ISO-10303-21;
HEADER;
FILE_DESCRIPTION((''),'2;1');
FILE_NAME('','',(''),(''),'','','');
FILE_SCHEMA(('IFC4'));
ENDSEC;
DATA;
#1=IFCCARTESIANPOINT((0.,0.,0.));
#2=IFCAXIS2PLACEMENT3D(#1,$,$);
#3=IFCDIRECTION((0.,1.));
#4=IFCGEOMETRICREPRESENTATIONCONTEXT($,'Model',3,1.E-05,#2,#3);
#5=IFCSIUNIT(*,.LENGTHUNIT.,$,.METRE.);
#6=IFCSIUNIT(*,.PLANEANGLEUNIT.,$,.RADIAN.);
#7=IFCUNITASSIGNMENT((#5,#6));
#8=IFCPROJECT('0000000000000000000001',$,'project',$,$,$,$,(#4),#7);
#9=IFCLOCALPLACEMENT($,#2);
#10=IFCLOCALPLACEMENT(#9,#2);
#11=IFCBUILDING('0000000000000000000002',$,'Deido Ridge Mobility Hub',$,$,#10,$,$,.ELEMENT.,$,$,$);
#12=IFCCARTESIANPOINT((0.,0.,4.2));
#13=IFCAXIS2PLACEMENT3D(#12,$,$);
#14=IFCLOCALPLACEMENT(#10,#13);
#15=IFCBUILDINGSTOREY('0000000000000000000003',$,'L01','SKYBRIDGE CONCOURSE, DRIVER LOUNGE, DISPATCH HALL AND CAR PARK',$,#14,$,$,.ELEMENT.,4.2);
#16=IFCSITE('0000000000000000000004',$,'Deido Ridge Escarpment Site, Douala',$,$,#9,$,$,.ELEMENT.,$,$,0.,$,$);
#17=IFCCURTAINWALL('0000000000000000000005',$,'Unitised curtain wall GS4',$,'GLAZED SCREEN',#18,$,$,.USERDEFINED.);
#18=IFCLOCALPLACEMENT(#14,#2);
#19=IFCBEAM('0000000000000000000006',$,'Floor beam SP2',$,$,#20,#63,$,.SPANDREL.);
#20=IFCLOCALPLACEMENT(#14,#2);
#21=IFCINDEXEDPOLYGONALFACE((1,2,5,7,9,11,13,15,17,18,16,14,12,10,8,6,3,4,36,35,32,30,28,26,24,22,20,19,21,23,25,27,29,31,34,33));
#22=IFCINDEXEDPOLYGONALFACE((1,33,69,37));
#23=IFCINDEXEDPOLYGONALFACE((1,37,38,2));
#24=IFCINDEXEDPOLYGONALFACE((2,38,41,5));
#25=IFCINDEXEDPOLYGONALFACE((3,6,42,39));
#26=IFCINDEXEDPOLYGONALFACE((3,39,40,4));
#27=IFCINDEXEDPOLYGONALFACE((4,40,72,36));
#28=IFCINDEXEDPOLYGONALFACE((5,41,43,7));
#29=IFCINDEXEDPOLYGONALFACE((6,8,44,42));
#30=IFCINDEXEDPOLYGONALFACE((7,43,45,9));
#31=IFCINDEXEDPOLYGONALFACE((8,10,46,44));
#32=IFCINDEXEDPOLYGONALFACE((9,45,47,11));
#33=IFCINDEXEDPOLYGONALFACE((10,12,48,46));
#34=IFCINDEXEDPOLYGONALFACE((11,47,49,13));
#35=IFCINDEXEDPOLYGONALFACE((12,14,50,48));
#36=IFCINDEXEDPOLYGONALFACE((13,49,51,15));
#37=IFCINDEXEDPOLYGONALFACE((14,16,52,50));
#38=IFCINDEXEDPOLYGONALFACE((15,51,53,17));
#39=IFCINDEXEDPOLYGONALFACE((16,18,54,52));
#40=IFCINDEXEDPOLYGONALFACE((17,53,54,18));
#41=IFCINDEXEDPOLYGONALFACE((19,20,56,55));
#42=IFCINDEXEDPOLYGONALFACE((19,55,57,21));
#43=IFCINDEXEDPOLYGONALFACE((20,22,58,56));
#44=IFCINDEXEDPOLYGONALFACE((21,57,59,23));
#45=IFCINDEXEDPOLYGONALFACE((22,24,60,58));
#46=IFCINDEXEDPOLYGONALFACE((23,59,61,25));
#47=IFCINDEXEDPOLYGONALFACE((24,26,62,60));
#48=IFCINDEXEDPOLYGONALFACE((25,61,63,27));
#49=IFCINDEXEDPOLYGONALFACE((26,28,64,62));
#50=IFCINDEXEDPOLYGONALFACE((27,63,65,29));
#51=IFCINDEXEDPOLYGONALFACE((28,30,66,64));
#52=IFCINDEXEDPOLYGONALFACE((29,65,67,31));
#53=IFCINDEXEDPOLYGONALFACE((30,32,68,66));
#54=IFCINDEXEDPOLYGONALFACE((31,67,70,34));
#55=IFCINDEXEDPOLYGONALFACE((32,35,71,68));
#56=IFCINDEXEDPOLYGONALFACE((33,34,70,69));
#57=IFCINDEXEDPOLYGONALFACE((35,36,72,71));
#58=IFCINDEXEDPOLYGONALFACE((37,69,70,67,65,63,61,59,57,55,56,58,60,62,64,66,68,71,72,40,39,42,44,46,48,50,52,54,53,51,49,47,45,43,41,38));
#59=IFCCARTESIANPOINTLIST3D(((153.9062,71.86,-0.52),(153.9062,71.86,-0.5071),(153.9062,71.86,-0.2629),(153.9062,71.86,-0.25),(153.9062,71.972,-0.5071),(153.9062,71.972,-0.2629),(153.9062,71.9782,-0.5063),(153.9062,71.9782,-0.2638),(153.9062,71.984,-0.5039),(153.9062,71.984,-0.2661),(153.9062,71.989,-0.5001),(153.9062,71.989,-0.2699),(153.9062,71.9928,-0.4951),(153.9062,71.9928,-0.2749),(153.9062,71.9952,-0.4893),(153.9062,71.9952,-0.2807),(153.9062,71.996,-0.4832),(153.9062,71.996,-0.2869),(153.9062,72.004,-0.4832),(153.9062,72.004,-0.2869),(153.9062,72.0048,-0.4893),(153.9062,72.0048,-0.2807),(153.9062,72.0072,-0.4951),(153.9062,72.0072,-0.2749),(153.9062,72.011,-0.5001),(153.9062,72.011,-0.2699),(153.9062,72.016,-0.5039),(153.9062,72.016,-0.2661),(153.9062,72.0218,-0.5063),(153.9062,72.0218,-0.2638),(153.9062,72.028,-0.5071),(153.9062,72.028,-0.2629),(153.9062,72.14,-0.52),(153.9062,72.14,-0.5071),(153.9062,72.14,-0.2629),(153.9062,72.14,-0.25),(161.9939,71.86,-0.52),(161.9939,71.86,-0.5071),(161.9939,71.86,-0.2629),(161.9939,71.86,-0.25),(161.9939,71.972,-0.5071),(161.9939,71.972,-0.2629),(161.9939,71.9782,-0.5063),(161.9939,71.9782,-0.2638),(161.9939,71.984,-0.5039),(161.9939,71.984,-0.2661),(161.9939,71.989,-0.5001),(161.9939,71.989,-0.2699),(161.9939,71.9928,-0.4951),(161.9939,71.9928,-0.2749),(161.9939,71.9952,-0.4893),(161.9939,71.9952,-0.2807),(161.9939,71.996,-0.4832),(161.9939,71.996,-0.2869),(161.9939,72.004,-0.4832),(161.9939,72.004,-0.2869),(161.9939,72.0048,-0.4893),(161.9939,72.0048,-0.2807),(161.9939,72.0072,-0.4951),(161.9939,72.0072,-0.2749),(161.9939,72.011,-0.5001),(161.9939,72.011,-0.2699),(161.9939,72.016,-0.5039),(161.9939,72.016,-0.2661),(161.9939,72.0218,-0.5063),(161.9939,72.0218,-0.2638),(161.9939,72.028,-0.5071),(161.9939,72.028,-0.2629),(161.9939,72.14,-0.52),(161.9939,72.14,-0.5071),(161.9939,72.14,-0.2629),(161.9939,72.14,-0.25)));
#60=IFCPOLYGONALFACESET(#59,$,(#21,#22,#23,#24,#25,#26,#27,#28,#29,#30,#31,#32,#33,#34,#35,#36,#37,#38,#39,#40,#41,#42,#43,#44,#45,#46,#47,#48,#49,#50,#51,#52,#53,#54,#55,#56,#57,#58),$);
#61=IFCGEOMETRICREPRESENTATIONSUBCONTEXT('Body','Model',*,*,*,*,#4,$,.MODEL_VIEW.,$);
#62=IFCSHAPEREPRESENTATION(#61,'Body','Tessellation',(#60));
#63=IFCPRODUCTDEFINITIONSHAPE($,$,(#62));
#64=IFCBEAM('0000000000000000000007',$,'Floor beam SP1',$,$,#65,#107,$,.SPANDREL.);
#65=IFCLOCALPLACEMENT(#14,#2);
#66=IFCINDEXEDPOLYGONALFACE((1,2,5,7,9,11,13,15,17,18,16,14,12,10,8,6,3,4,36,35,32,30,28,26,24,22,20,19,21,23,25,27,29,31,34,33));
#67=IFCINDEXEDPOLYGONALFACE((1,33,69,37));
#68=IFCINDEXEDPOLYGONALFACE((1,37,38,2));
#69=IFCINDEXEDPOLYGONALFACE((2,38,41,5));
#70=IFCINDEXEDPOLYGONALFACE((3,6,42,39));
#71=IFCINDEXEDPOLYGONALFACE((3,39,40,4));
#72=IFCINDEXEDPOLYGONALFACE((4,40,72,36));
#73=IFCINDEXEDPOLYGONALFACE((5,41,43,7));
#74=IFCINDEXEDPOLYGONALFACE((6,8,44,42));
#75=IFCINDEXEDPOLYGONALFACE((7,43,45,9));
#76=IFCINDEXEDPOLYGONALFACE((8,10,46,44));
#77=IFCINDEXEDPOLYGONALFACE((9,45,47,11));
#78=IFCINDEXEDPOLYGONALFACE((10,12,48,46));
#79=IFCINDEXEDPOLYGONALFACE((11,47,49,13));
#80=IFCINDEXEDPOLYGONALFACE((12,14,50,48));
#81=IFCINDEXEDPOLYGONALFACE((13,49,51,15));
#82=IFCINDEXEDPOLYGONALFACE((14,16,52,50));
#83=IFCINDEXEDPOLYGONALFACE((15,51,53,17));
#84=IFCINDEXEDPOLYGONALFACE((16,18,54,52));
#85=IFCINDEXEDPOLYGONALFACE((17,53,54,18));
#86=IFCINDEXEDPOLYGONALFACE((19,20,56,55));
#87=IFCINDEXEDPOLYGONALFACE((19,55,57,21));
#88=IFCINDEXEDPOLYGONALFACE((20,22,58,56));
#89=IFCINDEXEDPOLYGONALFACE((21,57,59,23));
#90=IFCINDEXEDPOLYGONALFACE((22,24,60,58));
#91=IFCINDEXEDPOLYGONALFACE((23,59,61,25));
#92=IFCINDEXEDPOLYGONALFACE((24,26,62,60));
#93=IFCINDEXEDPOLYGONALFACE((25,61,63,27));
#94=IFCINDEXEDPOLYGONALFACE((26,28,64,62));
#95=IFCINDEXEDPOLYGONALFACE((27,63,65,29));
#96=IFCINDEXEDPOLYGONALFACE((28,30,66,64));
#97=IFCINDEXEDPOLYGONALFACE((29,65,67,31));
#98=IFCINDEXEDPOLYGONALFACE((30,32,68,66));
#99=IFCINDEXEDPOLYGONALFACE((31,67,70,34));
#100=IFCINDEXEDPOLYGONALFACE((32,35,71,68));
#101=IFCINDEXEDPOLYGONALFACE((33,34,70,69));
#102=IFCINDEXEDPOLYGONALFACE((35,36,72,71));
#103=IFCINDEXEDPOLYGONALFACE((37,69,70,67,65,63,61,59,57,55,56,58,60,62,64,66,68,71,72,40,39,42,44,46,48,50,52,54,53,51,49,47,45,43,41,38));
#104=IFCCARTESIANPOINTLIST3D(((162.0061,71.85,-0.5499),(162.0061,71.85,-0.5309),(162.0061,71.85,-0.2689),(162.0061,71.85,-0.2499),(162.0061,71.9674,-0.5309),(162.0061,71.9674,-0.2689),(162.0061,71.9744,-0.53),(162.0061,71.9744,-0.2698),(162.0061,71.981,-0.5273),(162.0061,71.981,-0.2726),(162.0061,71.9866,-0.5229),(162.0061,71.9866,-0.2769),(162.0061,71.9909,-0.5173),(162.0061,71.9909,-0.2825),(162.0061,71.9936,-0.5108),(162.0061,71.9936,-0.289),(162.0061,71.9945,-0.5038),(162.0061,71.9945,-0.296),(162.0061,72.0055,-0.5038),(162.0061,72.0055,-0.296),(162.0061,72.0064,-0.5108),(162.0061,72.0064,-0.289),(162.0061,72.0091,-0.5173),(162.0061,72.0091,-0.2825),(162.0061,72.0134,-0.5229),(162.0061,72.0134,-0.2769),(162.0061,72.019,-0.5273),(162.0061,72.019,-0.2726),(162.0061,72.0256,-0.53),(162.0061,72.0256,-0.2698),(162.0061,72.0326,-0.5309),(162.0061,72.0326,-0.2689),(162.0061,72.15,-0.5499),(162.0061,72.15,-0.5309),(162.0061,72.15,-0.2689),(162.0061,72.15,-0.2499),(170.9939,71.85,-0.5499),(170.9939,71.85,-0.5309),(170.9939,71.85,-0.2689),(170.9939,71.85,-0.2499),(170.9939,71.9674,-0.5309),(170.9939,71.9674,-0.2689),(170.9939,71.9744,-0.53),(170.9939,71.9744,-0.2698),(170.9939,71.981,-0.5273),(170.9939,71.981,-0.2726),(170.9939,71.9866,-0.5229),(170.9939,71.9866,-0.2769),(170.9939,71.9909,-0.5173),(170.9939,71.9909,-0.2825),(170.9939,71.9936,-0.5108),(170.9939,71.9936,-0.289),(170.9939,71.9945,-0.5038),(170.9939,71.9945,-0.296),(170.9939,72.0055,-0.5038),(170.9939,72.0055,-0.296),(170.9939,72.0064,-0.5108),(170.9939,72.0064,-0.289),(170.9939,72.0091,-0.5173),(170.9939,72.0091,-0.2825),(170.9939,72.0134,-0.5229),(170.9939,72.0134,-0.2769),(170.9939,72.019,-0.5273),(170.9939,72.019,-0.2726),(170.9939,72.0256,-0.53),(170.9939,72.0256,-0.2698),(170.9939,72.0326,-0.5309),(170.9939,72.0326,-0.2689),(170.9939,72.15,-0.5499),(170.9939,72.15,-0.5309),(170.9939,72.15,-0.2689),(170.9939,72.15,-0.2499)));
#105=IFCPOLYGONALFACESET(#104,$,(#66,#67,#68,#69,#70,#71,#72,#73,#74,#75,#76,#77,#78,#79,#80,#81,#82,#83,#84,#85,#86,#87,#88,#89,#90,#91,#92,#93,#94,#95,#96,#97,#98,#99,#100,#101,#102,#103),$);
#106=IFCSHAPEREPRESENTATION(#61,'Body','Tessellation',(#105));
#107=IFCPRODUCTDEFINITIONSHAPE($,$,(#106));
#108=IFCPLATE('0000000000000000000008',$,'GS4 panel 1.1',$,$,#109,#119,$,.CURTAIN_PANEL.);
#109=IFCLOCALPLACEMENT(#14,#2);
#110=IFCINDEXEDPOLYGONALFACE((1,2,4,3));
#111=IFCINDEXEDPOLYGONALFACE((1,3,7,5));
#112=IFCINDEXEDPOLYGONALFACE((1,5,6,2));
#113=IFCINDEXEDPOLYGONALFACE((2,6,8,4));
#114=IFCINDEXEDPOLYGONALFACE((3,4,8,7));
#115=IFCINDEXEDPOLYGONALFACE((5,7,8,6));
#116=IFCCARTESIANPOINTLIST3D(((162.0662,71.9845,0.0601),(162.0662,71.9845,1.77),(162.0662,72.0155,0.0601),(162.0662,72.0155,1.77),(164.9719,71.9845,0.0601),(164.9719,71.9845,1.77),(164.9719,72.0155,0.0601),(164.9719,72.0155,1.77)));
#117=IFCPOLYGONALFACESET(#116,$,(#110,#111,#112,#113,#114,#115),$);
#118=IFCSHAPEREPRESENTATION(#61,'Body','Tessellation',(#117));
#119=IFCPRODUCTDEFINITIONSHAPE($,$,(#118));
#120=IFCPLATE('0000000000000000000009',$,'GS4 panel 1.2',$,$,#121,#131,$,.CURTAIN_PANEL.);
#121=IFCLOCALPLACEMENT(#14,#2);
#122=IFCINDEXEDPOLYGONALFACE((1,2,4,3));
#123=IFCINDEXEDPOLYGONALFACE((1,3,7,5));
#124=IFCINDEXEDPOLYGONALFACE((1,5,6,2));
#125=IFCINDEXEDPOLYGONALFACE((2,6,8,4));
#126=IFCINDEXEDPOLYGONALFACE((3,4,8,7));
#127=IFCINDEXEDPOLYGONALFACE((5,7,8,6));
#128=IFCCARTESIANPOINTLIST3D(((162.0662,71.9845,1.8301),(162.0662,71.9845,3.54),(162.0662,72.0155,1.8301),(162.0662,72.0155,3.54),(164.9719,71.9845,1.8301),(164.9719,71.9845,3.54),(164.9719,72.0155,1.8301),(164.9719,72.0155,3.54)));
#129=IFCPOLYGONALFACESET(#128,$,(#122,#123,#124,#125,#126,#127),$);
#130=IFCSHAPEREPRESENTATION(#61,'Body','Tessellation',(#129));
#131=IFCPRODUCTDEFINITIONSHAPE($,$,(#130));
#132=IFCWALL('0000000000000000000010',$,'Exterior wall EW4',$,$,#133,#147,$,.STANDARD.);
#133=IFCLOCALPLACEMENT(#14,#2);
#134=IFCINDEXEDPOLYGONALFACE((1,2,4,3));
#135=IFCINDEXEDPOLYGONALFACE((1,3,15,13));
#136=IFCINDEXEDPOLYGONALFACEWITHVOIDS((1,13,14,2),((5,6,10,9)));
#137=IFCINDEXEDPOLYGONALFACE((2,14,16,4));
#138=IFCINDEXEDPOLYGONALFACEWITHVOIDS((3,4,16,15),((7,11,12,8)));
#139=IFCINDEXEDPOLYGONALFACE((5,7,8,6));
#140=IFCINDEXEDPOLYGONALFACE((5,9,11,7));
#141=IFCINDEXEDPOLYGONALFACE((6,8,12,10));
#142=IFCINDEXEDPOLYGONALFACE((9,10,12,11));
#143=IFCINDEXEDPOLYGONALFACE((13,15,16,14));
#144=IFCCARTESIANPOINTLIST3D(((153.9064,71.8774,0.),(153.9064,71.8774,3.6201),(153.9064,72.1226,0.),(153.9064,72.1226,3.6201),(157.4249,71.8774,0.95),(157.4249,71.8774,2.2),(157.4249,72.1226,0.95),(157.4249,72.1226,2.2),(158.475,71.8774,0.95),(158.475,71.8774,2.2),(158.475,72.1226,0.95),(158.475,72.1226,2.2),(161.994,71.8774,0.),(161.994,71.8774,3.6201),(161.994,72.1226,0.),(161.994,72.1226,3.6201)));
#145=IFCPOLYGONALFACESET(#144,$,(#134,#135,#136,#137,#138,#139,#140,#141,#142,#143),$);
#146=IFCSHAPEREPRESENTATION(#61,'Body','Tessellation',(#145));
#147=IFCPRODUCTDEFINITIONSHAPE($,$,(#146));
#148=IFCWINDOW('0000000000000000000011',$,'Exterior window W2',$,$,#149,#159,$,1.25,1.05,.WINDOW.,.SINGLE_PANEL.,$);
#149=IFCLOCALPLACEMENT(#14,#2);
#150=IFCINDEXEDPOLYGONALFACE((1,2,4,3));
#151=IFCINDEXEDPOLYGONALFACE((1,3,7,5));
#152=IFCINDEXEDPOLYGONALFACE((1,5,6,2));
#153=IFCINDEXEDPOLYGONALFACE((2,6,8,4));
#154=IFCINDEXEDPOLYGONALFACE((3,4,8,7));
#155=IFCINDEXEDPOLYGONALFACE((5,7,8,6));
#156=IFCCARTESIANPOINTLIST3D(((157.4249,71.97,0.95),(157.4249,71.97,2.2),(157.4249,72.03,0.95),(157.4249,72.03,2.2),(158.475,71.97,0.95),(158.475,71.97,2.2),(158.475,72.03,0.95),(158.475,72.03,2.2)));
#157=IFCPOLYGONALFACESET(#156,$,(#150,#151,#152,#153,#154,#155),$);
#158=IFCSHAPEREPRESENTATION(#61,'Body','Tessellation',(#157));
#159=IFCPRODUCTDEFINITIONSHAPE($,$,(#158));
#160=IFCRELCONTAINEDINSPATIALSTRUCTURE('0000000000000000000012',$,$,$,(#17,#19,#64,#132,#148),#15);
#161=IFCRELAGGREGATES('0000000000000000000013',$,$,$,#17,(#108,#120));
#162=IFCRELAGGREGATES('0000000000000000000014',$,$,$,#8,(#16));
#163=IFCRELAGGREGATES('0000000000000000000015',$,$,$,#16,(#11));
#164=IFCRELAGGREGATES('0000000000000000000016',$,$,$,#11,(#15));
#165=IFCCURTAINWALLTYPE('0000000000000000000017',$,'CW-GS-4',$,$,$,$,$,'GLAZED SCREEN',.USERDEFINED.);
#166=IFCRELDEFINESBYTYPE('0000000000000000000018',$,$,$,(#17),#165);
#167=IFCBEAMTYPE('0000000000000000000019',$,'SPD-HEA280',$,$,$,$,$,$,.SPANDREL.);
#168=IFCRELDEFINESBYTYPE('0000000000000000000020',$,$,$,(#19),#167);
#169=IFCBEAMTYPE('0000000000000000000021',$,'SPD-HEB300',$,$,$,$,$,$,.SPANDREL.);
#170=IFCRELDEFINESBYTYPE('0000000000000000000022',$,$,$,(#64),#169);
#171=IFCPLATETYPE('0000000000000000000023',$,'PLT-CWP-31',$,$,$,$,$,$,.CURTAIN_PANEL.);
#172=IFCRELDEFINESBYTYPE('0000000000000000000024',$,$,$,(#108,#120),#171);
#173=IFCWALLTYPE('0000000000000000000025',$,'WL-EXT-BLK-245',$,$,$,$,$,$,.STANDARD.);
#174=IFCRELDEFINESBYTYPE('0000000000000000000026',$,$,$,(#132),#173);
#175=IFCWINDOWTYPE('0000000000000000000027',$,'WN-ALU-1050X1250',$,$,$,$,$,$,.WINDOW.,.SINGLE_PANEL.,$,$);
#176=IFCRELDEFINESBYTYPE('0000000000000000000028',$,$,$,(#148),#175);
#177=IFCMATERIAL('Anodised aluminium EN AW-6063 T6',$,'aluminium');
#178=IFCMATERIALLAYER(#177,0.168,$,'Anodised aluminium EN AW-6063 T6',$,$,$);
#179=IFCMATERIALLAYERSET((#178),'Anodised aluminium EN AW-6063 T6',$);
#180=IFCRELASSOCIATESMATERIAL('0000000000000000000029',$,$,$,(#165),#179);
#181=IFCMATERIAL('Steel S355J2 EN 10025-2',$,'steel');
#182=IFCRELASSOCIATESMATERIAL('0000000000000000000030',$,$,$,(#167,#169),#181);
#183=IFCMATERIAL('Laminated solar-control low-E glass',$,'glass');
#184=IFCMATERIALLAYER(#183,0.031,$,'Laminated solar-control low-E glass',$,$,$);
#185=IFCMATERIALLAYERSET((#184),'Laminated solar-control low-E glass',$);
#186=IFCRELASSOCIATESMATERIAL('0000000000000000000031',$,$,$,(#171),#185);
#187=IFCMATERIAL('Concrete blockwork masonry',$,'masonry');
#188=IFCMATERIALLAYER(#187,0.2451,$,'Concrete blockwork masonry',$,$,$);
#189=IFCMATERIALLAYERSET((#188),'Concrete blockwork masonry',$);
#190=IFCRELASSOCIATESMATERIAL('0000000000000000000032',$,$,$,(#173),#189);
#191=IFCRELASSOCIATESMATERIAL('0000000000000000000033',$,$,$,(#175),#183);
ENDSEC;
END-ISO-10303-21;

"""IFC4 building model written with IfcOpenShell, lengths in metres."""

from ifc_helpers import new_model, si_unit, direction, frame, frame_2d, origin, origin_2d, place, context, subcontext, project, spatial, rectangle, i_section, extrude, material, layer, layer_set, material_profile, profile_set, type_object, element, fill, aggregate, save


model = new_model("IFC4")

# Units and contexts
model_context = context("Model", 3, precision=1e-05, world=origin(), true_north=direction((0.0, 1.0)))
body_context = subcontext(model_context, "Body", "Model", "MODEL_VIEW")
ifc_project = project(units=[si_unit("LENGTHUNIT", "METRE"), si_unit("PLANEANGLEUNIT", "RADIAN")], contexts=[model_context])

# Site, building, storey
site_placement = place(None, origin())
site = spatial("IfcSite", under=ifc_project, at=site_placement, Name="Deido Ridge Escarpment Site, Douala", CompositionType="ELEMENT", RefElevation=0.0)
building_placement = place(site_placement, origin())
building = spatial("IfcBuilding", under=site, at=building_placement, Name="Deido Ridge Mobility Hub", CompositionType="ELEMENT")
storey_placement = place(building_placement, frame((0.0, 0.0, 4.2)))
storey = spatial("IfcBuildingStorey", under=building, at=storey_placement, Name="L01", Description="SKYBRIDGE CONCOURSE, DRIVER LOUNGE, DISPATCH HALL AND CAR PARK", CompositionType="ELEMENT", Elevation=4.2)

# Shared definitions
ifc_material_1 = material(Name="Steel S355J2 EN 10025-2", Category="steel")

# Curtain wall
ifc_material_2 = material(Name="Anodised aluminium EN AW-6063 T6", Category="aluminium")
ifc_layer_1 = layer(ifc_material_2, 0.168, Name="Anodised aluminium EN AW-6063 T6")
ifc_layer_set_1 = layer_set([ifc_layer_1], Name="Anodised aluminium EN AW-6063 T6")
curtain_wall_type = type_object("IfcCurtainWallType", Name="CW-GS-4", ElementType="GLAZED SCREEN", PredefinedType="USERDEFINED", material=ifc_layer_set_1)
curtain_wall_placement = place(storey_placement, origin())
curtain_wall = element("IfcCurtainWall", 1, at=curtain_wall_placement, inside=storey, type_object=curtain_wall_type, Name="Unitised curtain wall GS4", ObjectType="GLAZED SCREEN", PredefinedType="USERDEFINED")

# Beams
ifc_material_profile_1 = material_profile(ifc_material_1, i_section(OverallWidth=0.28, OverallDepth=0.27, WebThickness=0.0081, FlangeThickness=0.0129, FilletRadius=0.0239, at=origin_2d()), Name="HEA 280")
ifc_profile_set_1 = profile_set([ifc_material_profile_1], Name="Steel S355J2 EN 10025-2")
beam_type_1 = type_object("IfcBeamType", Name="SPD-HEA280", PredefinedType="SPANDREL", material=ifc_profile_set_1)
beam_1_placement = place(storey_placement, frame((153.9062, 72.0, -0.385), z_axis=(1.0, 0.0, 0.0), x_axis=(0.0, 1.0, 0.0)))
element("IfcBeam", 2, at=beam_1_placement, inside=storey, type_object=beam_type_1, Name="Floor beam SP2", PredefinedType="SPANDREL", context=body_context, shape_type="SweptSolid", body=[
    extrude(i_section(OverallWidth=0.28, OverallDepth=0.27, WebThickness=0.0081, FlangeThickness=0.0129, FilletRadius=0.0239, at=origin_2d()), origin(), (0.0, 0.0, 1.0), 8.0876),
])
ifc_material_profile_2 = material_profile(ifc_material_1, i_section(OverallWidth=0.3, OverallDepth=0.3, WebThickness=0.011, FlangeThickness=0.019, FilletRadius=0.0271, at=origin_2d()), Name="HEB 300")
ifc_profile_set_2 = profile_set([ifc_material_profile_2], Name="Steel S355J2 EN 10025-2")
beam_type_2 = type_object("IfcBeamType", Name="SPD-HEB300", PredefinedType="SPANDREL", material=ifc_profile_set_2)
beam_2_placement = place(storey_placement, frame((162.0061, 72.0, -0.3999), z_axis=(1.0, 0.0, 0.0), x_axis=(0.0, 1.0, 0.0)))
element("IfcBeam", 3, at=beam_2_placement, inside=storey, type_object=beam_type_2, Name="Floor beam SP1", PredefinedType="SPANDREL", context=body_context, shape_type="SweptSolid", body=[
    extrude(i_section(OverallWidth=0.3, OverallDepth=0.3, WebThickness=0.011, FlangeThickness=0.019, FilletRadius=0.0271, at=origin_2d()), origin(), (0.0, 0.0, 1.0), 8.9878),
])

# Plates
ifc_material_3 = material(Name="Laminated solar-control low-E glass", Category="glass")
ifc_layer_2 = layer(ifc_material_3, 0.031, Name="Laminated solar-control low-E glass")
ifc_layer_set_2 = layer_set([ifc_layer_2], Name="Laminated solar-control low-E glass")
plate_type = type_object("IfcPlateType", Name="PLT-CWP-31", PredefinedType="CURTAIN_PANEL", material=ifc_layer_set_2)
plate_1_placement = place(storey_placement, frame((163.519, 72.0, 0.0601), z_axis=(0.0, 0.0, 1.0), x_axis=(1.0, 0.0, 0.0)))
plate_1 = element("IfcPlate", 4, at=plate_1_placement, type_object=plate_type, Name="GS4 panel 1.1", PredefinedType="CURTAIN_PANEL", context=body_context, shape_type="SweptSolid", body=[
    extrude(rectangle(XDim=2.9058, YDim=0.031, at=origin_2d()), origin(), (0.0, 0.0, 1.0), 1.71),
])
plate_2_placement = place(storey_placement, frame((163.519, 72.0, 1.8301), z_axis=(0.0, 0.0, 1.0), x_axis=(1.0, 0.0, 0.0)))
plate_2 = element("IfcPlate", 5, at=plate_2_placement, type_object=plate_type, Name="GS4 panel 1.2", PredefinedType="CURTAIN_PANEL", context=body_context, shape_type="SweptSolid", body=[
    extrude(rectangle(XDim=2.9058, YDim=0.031, at=origin_2d()), origin(), (0.0, 0.0, 1.0), 1.71),
])
aggregate(curtain_wall, [plate_1, plate_2])

# Wall, opening, window
ifc_material_4 = material(Name="Concrete blockwork masonry", Category="masonry")
ifc_layer_3 = layer(ifc_material_4, 0.2451, Name="Concrete blockwork masonry")
ifc_layer_set_3 = layer_set([ifc_layer_3], Name="Concrete blockwork masonry")
wall_type_1 = type_object("IfcWallType", Name="WL-EXT-BLK-245", PredefinedType="STANDARD", material=ifc_layer_set_3)
wall_1_placement = place(storey_placement, frame((153.9062, 72.0, 0.0), z_axis=(0.0, 0.0, 1.0), x_axis=(1.0, 0.0, 0.0)))
wall_1 = element("IfcWall", 6, at=wall_1_placement, inside=storey, type_object=wall_type_1, Name="Exterior wall EW4", PredefinedType="STANDARD", context=body_context, shape_type="SweptSolid", body=[
    extrude(rectangle(XDim=8.0876, YDim=0.2451, at=frame_2d((4.0439, 0.0))), origin(), (0.0, 0.0, 1.0), 3.6201),
])
opening_1_placement = place(wall_1_placement, frame((3.5188, 0.0, 0.95)))
opening_1 = element("IfcOpeningElement", 7, at=opening_1_placement, cuts=wall_1, PredefinedType="OPENING", context=body_context, shape_type="SweptSolid", body=[
    extrude(rectangle(XDim=1.05, YDim=1.25, at=frame_2d((0.5249, 0.625))), frame((0.0, 0.1326, 0.0), z_axis=(0.0, -1.0, 0.0), x_axis=(1.0, 0.0, 0.0)), (0.0, 0.0, 1.0), 0.2651),
])
window_type_1 = type_object("IfcWindowType", Name="WN-ALU-1050X1250", PartitioningType="SINGLE_PANEL", PredefinedType="WINDOW", material=ifc_material_3)
window_1_placement = place(opening_1_placement, origin())
window_1 = element("IfcWindow", 8, at=window_1_placement, inside=storey, type_object=window_type_1, Name="Exterior window W2", OverallHeight=1.25, OverallWidth=1.05, PartitioningType="SINGLE_PANEL", PredefinedType="WINDOW", context=body_context, shape_type="SweptSolid", body=[
    extrude(rectangle(XDim=1.05, YDim=1.25, at=frame_2d((0.5249, 0.625))), frame((0.0, 0.03, 0.0), z_axis=(0.0, -1.0, 0.0), x_axis=(1.0, 0.0, 0.0)), (0.0, 0.0, 1.0), 0.0601),
])
fill(opening_1, window_1)

save(model, "model.ifc")
